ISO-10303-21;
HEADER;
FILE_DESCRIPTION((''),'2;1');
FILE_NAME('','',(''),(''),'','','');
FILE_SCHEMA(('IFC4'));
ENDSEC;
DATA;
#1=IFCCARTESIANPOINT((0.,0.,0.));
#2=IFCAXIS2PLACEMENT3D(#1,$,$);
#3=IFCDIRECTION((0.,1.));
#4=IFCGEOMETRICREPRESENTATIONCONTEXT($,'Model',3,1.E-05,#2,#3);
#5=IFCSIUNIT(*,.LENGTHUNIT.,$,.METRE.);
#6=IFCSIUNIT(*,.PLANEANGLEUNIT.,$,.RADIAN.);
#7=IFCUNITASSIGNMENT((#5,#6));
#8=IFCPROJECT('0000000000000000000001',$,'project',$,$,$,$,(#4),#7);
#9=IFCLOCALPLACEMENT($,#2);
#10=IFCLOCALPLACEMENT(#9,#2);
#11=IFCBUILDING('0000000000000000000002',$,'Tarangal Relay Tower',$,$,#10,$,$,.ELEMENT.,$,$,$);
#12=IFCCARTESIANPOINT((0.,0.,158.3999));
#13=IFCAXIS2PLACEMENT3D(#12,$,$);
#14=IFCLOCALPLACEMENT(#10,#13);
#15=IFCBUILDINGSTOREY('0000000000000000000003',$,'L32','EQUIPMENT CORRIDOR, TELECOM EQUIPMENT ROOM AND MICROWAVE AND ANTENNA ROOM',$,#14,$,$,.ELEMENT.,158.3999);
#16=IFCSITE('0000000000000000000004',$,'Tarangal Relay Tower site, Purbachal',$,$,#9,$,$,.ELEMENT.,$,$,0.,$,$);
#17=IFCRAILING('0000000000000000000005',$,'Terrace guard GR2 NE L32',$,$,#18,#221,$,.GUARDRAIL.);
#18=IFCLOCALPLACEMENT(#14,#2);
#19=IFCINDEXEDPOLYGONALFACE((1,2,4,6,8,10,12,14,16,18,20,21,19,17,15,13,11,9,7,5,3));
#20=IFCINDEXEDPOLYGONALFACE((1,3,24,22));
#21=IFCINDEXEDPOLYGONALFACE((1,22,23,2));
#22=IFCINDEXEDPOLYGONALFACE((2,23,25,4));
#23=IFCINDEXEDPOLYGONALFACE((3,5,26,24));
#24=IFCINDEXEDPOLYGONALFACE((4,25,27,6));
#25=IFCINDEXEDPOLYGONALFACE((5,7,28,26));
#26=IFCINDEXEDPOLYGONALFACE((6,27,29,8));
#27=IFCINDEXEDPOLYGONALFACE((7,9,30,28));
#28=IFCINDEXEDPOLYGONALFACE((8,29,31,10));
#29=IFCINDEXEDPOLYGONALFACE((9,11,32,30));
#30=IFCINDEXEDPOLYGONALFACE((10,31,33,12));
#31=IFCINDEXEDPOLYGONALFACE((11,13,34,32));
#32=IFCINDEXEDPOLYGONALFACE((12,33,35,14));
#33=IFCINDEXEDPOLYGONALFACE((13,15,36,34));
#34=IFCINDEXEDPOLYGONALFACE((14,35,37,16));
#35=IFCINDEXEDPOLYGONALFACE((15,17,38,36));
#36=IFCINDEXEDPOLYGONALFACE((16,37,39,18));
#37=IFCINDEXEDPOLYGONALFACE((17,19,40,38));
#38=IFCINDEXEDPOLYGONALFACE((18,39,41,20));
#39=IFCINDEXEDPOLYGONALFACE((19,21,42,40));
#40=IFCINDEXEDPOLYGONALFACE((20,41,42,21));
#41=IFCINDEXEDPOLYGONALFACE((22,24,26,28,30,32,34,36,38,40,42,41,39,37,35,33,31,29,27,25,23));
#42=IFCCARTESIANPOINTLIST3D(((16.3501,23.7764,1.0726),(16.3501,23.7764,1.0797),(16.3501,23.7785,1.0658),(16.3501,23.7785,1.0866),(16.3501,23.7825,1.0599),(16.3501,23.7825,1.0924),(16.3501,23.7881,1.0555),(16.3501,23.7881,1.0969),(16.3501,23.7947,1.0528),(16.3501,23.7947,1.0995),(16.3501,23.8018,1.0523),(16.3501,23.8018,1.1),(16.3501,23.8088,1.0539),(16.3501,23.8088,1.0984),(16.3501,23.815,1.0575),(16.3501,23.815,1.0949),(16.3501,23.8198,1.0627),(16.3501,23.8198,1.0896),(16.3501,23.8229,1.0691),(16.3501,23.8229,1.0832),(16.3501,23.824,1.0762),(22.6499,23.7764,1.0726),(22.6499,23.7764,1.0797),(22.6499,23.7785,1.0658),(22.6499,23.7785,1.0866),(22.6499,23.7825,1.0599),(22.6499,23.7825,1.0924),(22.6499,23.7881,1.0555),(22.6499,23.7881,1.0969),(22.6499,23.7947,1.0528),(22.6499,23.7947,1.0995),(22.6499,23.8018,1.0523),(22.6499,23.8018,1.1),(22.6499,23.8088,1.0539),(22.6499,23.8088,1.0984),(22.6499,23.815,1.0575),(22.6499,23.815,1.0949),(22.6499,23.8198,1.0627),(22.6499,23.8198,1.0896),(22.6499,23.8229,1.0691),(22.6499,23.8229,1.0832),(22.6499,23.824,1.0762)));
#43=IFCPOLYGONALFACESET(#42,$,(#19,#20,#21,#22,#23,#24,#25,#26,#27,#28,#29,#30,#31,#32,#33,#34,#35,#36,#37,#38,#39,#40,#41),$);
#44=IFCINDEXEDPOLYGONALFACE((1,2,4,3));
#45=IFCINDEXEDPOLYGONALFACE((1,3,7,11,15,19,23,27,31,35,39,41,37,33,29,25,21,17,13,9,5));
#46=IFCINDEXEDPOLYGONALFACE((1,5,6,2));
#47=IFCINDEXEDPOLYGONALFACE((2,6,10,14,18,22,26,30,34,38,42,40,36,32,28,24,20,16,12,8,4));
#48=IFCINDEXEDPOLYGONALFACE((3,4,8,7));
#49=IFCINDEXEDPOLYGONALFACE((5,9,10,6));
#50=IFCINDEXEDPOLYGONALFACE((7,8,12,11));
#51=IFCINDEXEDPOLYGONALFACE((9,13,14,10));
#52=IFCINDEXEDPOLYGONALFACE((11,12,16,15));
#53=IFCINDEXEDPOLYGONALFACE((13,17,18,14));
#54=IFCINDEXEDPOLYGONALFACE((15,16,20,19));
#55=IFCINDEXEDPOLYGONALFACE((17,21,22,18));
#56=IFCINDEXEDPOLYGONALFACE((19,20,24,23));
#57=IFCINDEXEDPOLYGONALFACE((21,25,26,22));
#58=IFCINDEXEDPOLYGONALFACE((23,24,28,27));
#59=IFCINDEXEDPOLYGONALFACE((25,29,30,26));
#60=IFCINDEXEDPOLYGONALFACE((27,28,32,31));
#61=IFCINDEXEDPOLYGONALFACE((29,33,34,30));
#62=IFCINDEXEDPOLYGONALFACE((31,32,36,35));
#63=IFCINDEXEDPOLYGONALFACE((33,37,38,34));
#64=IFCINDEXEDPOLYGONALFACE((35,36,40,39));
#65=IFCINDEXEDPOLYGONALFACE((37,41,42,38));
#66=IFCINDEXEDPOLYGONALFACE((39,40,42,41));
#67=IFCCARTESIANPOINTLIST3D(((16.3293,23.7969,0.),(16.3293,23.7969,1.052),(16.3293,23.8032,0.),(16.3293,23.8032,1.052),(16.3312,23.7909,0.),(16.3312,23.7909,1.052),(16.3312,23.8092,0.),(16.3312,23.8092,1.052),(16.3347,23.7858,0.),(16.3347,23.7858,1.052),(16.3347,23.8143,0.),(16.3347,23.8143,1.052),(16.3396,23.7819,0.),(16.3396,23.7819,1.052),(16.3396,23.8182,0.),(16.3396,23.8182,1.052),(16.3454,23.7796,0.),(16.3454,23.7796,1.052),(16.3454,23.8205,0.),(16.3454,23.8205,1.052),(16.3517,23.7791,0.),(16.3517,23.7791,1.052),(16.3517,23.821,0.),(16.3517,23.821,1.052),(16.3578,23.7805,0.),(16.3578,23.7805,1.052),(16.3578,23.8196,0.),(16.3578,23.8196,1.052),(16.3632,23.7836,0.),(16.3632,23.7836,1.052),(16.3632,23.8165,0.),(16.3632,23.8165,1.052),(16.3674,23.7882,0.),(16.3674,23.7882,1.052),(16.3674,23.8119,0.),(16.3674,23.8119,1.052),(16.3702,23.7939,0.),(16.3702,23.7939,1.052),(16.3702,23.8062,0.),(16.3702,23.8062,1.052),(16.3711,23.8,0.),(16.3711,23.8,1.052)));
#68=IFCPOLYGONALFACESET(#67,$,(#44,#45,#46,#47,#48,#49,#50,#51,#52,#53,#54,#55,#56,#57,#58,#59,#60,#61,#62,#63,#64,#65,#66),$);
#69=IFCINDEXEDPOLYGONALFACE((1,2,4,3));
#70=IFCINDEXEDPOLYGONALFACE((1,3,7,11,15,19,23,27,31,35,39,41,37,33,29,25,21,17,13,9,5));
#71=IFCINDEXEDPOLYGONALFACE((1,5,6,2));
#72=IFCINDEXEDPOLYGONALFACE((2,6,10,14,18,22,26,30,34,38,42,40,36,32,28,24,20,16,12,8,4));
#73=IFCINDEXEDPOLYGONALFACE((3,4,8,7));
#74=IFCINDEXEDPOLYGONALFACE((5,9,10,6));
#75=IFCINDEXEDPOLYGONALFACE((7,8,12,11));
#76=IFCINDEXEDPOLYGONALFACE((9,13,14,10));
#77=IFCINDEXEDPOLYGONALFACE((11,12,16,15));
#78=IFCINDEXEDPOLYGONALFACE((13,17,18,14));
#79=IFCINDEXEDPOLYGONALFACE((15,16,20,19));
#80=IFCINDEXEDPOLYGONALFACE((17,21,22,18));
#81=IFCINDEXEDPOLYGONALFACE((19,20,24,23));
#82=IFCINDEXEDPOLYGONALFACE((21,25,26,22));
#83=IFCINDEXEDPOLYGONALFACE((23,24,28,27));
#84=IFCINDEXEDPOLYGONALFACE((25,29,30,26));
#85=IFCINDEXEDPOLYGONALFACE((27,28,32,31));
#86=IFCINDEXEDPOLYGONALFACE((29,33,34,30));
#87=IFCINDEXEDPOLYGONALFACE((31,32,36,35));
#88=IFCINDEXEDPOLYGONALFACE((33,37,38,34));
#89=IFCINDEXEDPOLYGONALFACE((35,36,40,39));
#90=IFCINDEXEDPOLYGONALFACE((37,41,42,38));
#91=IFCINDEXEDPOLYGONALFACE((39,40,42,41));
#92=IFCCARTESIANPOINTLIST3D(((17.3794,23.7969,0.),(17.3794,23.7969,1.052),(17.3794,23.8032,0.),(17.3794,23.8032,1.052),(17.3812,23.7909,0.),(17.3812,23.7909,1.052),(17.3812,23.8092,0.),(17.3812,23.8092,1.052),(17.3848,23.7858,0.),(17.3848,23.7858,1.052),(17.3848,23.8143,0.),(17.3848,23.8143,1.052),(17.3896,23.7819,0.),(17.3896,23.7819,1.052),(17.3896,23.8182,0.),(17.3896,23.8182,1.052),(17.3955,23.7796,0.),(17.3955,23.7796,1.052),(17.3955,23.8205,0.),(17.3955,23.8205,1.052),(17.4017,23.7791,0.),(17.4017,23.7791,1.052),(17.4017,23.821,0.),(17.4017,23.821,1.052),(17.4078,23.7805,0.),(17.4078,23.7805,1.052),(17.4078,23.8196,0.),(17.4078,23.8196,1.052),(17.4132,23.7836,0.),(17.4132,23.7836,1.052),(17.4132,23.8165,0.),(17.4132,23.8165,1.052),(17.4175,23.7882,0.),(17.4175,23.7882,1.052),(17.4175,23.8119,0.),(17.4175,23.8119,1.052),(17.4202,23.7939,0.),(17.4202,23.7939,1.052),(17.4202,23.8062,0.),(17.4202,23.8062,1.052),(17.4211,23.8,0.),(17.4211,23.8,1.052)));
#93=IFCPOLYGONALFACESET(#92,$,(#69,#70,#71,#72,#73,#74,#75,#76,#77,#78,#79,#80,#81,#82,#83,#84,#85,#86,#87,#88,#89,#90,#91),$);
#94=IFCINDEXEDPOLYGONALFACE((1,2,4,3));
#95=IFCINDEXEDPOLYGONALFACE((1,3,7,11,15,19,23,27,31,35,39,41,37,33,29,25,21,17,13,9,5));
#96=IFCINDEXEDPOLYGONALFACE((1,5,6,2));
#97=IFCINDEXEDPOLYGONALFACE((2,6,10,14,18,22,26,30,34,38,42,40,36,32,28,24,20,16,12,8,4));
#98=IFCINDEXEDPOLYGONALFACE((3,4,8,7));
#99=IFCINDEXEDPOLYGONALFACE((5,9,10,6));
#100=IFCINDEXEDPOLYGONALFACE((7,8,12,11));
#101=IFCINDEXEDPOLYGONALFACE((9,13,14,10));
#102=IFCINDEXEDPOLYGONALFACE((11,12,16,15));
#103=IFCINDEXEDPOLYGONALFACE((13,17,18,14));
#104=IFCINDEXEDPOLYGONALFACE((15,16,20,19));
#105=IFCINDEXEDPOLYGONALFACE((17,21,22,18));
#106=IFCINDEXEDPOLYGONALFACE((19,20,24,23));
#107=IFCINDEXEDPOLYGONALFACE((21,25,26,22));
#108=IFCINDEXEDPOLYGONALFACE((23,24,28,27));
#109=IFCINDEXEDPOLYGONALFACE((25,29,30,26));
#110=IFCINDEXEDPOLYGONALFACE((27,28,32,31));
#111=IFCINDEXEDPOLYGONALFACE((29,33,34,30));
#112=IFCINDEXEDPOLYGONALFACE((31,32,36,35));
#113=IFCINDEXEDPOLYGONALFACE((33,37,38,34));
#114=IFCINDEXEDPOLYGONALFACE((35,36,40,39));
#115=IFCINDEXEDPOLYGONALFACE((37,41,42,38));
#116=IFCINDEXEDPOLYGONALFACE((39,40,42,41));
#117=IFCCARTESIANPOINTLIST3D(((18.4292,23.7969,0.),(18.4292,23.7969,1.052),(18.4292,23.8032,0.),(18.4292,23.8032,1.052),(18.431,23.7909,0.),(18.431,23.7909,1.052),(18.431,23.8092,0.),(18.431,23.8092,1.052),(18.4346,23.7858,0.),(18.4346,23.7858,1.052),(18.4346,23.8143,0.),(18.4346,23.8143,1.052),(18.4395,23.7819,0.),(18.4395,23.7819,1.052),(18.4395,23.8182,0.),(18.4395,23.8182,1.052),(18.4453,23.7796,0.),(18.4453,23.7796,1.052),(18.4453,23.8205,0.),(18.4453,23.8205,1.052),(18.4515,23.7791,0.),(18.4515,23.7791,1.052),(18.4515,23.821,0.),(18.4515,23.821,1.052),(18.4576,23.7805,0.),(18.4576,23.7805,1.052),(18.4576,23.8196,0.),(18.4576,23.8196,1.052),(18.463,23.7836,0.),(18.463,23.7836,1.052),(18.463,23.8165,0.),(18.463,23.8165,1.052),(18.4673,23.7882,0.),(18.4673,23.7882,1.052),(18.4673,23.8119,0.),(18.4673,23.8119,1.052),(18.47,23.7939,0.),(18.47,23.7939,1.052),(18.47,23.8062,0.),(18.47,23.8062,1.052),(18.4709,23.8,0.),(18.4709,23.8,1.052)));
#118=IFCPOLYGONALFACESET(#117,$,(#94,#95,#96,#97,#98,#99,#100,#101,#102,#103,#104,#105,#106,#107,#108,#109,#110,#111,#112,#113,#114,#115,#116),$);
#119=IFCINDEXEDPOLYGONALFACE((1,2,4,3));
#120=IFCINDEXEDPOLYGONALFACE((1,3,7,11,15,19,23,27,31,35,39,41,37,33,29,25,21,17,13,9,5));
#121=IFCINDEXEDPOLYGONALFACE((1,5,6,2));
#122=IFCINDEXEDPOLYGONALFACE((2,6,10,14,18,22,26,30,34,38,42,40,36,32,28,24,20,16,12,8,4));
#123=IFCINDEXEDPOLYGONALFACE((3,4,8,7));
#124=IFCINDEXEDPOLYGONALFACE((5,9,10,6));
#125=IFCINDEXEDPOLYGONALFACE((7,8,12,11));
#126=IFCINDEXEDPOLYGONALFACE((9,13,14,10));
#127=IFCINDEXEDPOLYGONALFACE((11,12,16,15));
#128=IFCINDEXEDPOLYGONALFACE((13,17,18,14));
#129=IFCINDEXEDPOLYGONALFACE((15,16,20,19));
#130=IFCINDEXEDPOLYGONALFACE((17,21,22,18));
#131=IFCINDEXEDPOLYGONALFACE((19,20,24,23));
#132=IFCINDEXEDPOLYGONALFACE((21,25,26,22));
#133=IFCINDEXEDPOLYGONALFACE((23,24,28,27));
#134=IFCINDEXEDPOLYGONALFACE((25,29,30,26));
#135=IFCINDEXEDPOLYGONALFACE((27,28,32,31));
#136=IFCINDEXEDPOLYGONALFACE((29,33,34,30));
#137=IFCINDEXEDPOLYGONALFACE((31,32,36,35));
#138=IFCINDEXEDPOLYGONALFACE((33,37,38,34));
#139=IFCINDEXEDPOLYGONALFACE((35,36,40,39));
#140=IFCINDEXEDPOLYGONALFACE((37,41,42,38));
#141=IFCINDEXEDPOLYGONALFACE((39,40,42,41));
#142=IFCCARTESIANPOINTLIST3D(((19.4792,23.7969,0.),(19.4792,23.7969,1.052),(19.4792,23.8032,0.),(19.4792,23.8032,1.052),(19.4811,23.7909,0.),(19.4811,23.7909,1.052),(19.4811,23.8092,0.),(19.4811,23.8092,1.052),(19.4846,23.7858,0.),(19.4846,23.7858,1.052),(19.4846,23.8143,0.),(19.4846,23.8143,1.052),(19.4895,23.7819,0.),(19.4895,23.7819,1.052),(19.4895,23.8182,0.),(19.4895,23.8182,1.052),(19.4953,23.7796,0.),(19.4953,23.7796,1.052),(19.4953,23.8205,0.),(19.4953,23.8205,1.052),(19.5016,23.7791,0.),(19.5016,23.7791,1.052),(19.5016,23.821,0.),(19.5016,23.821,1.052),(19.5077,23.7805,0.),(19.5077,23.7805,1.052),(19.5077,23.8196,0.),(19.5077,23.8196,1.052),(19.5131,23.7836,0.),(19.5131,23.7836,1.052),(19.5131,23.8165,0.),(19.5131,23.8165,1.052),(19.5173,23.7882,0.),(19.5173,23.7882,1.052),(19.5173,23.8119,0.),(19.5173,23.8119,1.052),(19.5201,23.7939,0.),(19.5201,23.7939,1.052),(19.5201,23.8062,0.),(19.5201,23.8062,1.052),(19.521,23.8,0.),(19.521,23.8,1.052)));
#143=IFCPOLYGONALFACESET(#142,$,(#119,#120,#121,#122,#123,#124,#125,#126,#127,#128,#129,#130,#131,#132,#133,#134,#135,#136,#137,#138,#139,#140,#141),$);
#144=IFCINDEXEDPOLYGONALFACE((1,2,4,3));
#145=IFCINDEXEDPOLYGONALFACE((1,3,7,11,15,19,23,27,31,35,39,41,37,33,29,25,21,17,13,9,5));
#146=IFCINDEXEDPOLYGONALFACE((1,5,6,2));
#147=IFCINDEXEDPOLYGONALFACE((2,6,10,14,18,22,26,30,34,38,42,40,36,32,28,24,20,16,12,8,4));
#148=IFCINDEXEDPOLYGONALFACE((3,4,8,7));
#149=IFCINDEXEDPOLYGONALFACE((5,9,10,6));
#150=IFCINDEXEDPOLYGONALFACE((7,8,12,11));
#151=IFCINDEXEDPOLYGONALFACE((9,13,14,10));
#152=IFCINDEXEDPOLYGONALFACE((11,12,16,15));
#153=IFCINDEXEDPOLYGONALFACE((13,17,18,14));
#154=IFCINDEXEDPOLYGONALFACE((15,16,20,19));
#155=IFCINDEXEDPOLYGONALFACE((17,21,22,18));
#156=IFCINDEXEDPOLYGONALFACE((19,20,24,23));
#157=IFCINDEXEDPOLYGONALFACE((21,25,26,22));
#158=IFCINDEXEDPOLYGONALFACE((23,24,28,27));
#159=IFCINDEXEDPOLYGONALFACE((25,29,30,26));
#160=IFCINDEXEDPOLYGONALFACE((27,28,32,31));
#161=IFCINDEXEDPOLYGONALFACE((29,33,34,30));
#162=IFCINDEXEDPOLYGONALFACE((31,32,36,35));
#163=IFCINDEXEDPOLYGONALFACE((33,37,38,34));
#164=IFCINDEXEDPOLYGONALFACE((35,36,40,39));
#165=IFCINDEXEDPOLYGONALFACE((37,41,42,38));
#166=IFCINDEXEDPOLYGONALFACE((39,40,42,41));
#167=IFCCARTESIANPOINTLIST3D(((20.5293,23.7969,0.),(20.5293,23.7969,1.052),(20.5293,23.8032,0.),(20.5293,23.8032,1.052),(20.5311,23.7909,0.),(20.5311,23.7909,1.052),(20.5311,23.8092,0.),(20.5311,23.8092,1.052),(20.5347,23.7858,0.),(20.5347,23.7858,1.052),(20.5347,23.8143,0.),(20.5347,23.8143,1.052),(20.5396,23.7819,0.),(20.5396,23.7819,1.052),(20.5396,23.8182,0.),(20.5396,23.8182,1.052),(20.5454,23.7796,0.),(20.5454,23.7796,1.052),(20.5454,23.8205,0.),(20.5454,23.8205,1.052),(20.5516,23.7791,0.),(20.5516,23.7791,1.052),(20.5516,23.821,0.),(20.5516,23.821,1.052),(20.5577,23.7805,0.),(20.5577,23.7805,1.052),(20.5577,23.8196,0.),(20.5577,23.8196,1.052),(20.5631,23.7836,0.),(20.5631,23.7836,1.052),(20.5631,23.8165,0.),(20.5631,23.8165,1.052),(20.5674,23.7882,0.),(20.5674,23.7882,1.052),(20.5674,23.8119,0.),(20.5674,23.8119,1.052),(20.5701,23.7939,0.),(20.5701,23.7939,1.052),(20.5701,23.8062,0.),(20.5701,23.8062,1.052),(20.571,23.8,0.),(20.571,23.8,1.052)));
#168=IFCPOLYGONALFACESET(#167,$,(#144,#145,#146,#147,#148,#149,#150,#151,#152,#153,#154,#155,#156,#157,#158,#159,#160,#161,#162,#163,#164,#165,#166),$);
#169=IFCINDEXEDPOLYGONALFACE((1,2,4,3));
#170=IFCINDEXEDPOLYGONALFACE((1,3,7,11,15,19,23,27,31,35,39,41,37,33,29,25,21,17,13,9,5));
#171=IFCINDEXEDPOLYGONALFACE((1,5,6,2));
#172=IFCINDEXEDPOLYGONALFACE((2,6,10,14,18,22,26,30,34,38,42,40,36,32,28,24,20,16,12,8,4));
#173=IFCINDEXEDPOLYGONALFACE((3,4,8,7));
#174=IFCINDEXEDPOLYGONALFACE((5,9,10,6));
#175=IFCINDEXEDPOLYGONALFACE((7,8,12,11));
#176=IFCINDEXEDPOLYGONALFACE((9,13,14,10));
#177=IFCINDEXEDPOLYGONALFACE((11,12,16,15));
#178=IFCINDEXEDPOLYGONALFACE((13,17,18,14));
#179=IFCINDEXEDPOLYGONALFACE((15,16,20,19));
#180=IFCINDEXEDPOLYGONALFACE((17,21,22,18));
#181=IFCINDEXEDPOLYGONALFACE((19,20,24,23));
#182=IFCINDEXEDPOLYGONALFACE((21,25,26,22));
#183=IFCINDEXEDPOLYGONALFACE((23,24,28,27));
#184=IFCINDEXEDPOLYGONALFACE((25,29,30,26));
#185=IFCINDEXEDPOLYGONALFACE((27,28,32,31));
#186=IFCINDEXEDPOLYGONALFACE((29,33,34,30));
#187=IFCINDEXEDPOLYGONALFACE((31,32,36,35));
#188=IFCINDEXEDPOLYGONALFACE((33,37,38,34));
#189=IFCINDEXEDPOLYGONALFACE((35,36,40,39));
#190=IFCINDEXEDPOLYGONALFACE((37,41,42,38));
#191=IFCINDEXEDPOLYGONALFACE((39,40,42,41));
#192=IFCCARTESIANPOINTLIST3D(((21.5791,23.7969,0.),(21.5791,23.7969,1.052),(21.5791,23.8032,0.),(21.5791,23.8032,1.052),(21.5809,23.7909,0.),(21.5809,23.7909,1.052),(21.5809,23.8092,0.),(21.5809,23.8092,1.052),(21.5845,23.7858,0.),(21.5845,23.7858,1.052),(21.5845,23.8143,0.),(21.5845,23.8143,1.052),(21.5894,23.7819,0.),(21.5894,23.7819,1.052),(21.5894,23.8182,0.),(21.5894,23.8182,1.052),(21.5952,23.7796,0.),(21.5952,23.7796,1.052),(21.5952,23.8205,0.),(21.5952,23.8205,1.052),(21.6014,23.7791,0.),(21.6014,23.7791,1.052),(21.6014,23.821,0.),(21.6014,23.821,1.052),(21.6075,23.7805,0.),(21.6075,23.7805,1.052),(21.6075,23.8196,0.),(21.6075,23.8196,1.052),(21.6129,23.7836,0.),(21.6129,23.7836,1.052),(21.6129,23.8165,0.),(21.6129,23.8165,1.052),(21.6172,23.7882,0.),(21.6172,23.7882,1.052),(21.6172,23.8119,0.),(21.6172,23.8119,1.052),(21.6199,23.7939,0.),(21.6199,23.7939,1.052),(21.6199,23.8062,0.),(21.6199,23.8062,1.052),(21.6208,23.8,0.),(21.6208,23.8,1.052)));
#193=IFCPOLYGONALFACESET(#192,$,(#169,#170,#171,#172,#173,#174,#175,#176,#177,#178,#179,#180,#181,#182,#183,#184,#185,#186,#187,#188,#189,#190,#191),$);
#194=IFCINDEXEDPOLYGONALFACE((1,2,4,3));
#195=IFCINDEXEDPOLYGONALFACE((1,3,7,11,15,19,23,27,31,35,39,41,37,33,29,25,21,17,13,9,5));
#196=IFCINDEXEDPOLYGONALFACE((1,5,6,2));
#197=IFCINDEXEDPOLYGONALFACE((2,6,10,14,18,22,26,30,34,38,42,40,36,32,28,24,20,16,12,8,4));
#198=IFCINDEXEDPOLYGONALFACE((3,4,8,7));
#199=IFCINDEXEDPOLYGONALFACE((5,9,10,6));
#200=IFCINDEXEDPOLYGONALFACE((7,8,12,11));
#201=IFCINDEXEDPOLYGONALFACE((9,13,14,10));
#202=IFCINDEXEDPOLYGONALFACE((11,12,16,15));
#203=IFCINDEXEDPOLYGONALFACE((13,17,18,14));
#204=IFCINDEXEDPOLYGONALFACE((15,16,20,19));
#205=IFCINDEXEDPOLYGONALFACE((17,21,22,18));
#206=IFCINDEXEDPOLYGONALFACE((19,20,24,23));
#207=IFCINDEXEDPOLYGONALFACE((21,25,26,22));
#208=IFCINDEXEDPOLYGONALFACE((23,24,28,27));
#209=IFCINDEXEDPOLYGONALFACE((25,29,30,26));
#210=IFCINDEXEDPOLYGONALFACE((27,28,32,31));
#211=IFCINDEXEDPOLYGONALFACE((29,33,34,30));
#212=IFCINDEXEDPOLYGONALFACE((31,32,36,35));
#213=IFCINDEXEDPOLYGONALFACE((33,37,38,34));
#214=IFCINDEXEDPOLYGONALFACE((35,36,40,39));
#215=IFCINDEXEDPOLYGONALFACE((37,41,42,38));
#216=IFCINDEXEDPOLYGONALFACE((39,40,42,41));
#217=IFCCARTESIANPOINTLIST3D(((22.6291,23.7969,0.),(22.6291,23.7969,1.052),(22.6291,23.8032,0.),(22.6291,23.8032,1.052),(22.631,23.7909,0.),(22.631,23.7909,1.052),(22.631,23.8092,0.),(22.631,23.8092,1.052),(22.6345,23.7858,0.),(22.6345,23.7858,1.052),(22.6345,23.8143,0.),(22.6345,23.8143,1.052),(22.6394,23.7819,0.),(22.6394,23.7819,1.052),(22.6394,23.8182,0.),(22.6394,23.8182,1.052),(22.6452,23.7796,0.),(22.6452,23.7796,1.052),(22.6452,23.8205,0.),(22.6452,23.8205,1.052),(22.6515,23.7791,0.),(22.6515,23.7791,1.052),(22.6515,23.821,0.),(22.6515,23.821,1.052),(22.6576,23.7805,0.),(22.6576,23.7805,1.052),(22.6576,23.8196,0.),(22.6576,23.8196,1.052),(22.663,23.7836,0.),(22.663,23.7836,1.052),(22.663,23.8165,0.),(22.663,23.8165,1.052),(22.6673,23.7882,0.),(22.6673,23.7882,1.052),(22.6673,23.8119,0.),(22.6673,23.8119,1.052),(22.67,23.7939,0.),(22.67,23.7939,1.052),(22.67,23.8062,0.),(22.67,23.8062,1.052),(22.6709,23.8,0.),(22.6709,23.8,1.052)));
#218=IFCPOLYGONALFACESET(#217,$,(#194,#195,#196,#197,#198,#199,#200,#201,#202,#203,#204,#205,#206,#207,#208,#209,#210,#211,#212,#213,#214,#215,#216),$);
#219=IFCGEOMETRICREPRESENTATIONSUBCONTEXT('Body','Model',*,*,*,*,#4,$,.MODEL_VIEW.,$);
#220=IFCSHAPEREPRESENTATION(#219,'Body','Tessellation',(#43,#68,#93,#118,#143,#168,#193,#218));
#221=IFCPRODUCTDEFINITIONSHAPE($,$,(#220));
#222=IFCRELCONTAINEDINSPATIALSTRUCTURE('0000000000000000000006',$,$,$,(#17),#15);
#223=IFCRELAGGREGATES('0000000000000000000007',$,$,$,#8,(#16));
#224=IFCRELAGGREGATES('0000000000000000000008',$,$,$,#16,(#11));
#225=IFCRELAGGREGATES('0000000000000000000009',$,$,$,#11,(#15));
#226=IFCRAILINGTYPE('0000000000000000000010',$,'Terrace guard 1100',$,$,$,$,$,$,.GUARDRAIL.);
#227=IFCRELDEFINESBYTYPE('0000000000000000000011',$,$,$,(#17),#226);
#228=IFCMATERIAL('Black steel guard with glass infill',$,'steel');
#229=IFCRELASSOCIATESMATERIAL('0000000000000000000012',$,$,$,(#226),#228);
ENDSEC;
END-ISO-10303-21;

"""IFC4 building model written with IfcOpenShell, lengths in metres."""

from ifc_helpers import new_model, si_unit, direction, frame, origin, origin_2d, place, context, subcontext, project, spatial, circle, extrude, material, type_object, element, save


model = new_model("IFC4")

# Units and contexts
model_context = context("Model", 3, precision=1e-05, world=origin(), true_north=direction((0.0, 1.0)))
body_context = subcontext(model_context, "Body", "Model", "MODEL_VIEW")
ifc_project = project(units=[si_unit("LENGTHUNIT", "METRE"), si_unit("PLANEANGLEUNIT", "RADIAN")], contexts=[model_context])

# Site, building, storey
site_placement = place(None, origin())
site = spatial("IfcSite", under=ifc_project, at=site_placement, Name="Tarangal Relay Tower site, Purbachal", CompositionType="ELEMENT", RefElevation=0.0)
building_placement = place(site_placement, origin())
building = spatial("IfcBuilding", under=site, at=building_placement, Name="Tarangal Relay Tower", CompositionType="ELEMENT")
storey_placement = place(building_placement, frame((0.0, 0.0, 158.3999)))
storey = spatial("IfcBuildingStorey", under=building, at=storey_placement, Name="L32", Description="EQUIPMENT CORRIDOR, TELECOM EQUIPMENT ROOM AND MICROWAVE AND ANTENNA ROOM", CompositionType="ELEMENT", Elevation=158.3999)

# Railing
ifc_material_1 = material(Name="Black steel guard with glass infill", Category="steel")
railing_type = type_object("IfcRailingType", Name="Terrace guard 1100", PredefinedType="GUARDRAIL", material=ifc_material_1)
railing_1_placement = place(storey_placement, frame((16.3501, 23.8, 0.0)))
element("IfcRailing", 1, at=railing_1_placement, inside=storey, type_object=railing_type, Name="Terrace guard GR2 NE L32", PredefinedType="GUARDRAIL", context=body_context, shape_type="SweptSolid", body=[
    extrude(circle(Radius=0.0239, at=origin_2d()), frame((0.0, 0.0, 1.0762), z_axis=(1.0, 0.0, 0.0), x_axis=(0.0, 1.0, 0.0)), (0.0, 0.0, 1.0), 6.2998),
    extrude(circle(Radius=0.021, at=origin_2d()), origin(), (0.0, 0.0, 1.0), 1.052),
    extrude(circle(Radius=0.021, at=origin_2d()), frame((1.05, 0.0, 0.0)), (0.0, 0.0, 1.0), 1.052),
    extrude(circle(Radius=0.021, at=origin_2d()), frame((2.0999, 0.0, 0.0)), (0.0, 0.0, 1.0), 1.052),
    extrude(circle(Radius=0.021, at=origin_2d()), frame((3.1499, 0.0, 0.0)), (0.0, 0.0, 1.0), 1.052),
    extrude(circle(Radius=0.021, at=origin_2d()), frame((4.2, 0.0, 0.0)), (0.0, 0.0, 1.0), 1.052),
    extrude(circle(Radius=0.021, at=origin_2d()), frame((5.2498, 0.0, 0.0)), (0.0, 0.0, 1.0), 1.052),
    extrude(circle(Radius=0.021, at=origin_2d()), frame((6.2998, 0.0, 0.0)), (0.0, 0.0, 1.0), 1.052),
])

save(model, "model.ifc")
